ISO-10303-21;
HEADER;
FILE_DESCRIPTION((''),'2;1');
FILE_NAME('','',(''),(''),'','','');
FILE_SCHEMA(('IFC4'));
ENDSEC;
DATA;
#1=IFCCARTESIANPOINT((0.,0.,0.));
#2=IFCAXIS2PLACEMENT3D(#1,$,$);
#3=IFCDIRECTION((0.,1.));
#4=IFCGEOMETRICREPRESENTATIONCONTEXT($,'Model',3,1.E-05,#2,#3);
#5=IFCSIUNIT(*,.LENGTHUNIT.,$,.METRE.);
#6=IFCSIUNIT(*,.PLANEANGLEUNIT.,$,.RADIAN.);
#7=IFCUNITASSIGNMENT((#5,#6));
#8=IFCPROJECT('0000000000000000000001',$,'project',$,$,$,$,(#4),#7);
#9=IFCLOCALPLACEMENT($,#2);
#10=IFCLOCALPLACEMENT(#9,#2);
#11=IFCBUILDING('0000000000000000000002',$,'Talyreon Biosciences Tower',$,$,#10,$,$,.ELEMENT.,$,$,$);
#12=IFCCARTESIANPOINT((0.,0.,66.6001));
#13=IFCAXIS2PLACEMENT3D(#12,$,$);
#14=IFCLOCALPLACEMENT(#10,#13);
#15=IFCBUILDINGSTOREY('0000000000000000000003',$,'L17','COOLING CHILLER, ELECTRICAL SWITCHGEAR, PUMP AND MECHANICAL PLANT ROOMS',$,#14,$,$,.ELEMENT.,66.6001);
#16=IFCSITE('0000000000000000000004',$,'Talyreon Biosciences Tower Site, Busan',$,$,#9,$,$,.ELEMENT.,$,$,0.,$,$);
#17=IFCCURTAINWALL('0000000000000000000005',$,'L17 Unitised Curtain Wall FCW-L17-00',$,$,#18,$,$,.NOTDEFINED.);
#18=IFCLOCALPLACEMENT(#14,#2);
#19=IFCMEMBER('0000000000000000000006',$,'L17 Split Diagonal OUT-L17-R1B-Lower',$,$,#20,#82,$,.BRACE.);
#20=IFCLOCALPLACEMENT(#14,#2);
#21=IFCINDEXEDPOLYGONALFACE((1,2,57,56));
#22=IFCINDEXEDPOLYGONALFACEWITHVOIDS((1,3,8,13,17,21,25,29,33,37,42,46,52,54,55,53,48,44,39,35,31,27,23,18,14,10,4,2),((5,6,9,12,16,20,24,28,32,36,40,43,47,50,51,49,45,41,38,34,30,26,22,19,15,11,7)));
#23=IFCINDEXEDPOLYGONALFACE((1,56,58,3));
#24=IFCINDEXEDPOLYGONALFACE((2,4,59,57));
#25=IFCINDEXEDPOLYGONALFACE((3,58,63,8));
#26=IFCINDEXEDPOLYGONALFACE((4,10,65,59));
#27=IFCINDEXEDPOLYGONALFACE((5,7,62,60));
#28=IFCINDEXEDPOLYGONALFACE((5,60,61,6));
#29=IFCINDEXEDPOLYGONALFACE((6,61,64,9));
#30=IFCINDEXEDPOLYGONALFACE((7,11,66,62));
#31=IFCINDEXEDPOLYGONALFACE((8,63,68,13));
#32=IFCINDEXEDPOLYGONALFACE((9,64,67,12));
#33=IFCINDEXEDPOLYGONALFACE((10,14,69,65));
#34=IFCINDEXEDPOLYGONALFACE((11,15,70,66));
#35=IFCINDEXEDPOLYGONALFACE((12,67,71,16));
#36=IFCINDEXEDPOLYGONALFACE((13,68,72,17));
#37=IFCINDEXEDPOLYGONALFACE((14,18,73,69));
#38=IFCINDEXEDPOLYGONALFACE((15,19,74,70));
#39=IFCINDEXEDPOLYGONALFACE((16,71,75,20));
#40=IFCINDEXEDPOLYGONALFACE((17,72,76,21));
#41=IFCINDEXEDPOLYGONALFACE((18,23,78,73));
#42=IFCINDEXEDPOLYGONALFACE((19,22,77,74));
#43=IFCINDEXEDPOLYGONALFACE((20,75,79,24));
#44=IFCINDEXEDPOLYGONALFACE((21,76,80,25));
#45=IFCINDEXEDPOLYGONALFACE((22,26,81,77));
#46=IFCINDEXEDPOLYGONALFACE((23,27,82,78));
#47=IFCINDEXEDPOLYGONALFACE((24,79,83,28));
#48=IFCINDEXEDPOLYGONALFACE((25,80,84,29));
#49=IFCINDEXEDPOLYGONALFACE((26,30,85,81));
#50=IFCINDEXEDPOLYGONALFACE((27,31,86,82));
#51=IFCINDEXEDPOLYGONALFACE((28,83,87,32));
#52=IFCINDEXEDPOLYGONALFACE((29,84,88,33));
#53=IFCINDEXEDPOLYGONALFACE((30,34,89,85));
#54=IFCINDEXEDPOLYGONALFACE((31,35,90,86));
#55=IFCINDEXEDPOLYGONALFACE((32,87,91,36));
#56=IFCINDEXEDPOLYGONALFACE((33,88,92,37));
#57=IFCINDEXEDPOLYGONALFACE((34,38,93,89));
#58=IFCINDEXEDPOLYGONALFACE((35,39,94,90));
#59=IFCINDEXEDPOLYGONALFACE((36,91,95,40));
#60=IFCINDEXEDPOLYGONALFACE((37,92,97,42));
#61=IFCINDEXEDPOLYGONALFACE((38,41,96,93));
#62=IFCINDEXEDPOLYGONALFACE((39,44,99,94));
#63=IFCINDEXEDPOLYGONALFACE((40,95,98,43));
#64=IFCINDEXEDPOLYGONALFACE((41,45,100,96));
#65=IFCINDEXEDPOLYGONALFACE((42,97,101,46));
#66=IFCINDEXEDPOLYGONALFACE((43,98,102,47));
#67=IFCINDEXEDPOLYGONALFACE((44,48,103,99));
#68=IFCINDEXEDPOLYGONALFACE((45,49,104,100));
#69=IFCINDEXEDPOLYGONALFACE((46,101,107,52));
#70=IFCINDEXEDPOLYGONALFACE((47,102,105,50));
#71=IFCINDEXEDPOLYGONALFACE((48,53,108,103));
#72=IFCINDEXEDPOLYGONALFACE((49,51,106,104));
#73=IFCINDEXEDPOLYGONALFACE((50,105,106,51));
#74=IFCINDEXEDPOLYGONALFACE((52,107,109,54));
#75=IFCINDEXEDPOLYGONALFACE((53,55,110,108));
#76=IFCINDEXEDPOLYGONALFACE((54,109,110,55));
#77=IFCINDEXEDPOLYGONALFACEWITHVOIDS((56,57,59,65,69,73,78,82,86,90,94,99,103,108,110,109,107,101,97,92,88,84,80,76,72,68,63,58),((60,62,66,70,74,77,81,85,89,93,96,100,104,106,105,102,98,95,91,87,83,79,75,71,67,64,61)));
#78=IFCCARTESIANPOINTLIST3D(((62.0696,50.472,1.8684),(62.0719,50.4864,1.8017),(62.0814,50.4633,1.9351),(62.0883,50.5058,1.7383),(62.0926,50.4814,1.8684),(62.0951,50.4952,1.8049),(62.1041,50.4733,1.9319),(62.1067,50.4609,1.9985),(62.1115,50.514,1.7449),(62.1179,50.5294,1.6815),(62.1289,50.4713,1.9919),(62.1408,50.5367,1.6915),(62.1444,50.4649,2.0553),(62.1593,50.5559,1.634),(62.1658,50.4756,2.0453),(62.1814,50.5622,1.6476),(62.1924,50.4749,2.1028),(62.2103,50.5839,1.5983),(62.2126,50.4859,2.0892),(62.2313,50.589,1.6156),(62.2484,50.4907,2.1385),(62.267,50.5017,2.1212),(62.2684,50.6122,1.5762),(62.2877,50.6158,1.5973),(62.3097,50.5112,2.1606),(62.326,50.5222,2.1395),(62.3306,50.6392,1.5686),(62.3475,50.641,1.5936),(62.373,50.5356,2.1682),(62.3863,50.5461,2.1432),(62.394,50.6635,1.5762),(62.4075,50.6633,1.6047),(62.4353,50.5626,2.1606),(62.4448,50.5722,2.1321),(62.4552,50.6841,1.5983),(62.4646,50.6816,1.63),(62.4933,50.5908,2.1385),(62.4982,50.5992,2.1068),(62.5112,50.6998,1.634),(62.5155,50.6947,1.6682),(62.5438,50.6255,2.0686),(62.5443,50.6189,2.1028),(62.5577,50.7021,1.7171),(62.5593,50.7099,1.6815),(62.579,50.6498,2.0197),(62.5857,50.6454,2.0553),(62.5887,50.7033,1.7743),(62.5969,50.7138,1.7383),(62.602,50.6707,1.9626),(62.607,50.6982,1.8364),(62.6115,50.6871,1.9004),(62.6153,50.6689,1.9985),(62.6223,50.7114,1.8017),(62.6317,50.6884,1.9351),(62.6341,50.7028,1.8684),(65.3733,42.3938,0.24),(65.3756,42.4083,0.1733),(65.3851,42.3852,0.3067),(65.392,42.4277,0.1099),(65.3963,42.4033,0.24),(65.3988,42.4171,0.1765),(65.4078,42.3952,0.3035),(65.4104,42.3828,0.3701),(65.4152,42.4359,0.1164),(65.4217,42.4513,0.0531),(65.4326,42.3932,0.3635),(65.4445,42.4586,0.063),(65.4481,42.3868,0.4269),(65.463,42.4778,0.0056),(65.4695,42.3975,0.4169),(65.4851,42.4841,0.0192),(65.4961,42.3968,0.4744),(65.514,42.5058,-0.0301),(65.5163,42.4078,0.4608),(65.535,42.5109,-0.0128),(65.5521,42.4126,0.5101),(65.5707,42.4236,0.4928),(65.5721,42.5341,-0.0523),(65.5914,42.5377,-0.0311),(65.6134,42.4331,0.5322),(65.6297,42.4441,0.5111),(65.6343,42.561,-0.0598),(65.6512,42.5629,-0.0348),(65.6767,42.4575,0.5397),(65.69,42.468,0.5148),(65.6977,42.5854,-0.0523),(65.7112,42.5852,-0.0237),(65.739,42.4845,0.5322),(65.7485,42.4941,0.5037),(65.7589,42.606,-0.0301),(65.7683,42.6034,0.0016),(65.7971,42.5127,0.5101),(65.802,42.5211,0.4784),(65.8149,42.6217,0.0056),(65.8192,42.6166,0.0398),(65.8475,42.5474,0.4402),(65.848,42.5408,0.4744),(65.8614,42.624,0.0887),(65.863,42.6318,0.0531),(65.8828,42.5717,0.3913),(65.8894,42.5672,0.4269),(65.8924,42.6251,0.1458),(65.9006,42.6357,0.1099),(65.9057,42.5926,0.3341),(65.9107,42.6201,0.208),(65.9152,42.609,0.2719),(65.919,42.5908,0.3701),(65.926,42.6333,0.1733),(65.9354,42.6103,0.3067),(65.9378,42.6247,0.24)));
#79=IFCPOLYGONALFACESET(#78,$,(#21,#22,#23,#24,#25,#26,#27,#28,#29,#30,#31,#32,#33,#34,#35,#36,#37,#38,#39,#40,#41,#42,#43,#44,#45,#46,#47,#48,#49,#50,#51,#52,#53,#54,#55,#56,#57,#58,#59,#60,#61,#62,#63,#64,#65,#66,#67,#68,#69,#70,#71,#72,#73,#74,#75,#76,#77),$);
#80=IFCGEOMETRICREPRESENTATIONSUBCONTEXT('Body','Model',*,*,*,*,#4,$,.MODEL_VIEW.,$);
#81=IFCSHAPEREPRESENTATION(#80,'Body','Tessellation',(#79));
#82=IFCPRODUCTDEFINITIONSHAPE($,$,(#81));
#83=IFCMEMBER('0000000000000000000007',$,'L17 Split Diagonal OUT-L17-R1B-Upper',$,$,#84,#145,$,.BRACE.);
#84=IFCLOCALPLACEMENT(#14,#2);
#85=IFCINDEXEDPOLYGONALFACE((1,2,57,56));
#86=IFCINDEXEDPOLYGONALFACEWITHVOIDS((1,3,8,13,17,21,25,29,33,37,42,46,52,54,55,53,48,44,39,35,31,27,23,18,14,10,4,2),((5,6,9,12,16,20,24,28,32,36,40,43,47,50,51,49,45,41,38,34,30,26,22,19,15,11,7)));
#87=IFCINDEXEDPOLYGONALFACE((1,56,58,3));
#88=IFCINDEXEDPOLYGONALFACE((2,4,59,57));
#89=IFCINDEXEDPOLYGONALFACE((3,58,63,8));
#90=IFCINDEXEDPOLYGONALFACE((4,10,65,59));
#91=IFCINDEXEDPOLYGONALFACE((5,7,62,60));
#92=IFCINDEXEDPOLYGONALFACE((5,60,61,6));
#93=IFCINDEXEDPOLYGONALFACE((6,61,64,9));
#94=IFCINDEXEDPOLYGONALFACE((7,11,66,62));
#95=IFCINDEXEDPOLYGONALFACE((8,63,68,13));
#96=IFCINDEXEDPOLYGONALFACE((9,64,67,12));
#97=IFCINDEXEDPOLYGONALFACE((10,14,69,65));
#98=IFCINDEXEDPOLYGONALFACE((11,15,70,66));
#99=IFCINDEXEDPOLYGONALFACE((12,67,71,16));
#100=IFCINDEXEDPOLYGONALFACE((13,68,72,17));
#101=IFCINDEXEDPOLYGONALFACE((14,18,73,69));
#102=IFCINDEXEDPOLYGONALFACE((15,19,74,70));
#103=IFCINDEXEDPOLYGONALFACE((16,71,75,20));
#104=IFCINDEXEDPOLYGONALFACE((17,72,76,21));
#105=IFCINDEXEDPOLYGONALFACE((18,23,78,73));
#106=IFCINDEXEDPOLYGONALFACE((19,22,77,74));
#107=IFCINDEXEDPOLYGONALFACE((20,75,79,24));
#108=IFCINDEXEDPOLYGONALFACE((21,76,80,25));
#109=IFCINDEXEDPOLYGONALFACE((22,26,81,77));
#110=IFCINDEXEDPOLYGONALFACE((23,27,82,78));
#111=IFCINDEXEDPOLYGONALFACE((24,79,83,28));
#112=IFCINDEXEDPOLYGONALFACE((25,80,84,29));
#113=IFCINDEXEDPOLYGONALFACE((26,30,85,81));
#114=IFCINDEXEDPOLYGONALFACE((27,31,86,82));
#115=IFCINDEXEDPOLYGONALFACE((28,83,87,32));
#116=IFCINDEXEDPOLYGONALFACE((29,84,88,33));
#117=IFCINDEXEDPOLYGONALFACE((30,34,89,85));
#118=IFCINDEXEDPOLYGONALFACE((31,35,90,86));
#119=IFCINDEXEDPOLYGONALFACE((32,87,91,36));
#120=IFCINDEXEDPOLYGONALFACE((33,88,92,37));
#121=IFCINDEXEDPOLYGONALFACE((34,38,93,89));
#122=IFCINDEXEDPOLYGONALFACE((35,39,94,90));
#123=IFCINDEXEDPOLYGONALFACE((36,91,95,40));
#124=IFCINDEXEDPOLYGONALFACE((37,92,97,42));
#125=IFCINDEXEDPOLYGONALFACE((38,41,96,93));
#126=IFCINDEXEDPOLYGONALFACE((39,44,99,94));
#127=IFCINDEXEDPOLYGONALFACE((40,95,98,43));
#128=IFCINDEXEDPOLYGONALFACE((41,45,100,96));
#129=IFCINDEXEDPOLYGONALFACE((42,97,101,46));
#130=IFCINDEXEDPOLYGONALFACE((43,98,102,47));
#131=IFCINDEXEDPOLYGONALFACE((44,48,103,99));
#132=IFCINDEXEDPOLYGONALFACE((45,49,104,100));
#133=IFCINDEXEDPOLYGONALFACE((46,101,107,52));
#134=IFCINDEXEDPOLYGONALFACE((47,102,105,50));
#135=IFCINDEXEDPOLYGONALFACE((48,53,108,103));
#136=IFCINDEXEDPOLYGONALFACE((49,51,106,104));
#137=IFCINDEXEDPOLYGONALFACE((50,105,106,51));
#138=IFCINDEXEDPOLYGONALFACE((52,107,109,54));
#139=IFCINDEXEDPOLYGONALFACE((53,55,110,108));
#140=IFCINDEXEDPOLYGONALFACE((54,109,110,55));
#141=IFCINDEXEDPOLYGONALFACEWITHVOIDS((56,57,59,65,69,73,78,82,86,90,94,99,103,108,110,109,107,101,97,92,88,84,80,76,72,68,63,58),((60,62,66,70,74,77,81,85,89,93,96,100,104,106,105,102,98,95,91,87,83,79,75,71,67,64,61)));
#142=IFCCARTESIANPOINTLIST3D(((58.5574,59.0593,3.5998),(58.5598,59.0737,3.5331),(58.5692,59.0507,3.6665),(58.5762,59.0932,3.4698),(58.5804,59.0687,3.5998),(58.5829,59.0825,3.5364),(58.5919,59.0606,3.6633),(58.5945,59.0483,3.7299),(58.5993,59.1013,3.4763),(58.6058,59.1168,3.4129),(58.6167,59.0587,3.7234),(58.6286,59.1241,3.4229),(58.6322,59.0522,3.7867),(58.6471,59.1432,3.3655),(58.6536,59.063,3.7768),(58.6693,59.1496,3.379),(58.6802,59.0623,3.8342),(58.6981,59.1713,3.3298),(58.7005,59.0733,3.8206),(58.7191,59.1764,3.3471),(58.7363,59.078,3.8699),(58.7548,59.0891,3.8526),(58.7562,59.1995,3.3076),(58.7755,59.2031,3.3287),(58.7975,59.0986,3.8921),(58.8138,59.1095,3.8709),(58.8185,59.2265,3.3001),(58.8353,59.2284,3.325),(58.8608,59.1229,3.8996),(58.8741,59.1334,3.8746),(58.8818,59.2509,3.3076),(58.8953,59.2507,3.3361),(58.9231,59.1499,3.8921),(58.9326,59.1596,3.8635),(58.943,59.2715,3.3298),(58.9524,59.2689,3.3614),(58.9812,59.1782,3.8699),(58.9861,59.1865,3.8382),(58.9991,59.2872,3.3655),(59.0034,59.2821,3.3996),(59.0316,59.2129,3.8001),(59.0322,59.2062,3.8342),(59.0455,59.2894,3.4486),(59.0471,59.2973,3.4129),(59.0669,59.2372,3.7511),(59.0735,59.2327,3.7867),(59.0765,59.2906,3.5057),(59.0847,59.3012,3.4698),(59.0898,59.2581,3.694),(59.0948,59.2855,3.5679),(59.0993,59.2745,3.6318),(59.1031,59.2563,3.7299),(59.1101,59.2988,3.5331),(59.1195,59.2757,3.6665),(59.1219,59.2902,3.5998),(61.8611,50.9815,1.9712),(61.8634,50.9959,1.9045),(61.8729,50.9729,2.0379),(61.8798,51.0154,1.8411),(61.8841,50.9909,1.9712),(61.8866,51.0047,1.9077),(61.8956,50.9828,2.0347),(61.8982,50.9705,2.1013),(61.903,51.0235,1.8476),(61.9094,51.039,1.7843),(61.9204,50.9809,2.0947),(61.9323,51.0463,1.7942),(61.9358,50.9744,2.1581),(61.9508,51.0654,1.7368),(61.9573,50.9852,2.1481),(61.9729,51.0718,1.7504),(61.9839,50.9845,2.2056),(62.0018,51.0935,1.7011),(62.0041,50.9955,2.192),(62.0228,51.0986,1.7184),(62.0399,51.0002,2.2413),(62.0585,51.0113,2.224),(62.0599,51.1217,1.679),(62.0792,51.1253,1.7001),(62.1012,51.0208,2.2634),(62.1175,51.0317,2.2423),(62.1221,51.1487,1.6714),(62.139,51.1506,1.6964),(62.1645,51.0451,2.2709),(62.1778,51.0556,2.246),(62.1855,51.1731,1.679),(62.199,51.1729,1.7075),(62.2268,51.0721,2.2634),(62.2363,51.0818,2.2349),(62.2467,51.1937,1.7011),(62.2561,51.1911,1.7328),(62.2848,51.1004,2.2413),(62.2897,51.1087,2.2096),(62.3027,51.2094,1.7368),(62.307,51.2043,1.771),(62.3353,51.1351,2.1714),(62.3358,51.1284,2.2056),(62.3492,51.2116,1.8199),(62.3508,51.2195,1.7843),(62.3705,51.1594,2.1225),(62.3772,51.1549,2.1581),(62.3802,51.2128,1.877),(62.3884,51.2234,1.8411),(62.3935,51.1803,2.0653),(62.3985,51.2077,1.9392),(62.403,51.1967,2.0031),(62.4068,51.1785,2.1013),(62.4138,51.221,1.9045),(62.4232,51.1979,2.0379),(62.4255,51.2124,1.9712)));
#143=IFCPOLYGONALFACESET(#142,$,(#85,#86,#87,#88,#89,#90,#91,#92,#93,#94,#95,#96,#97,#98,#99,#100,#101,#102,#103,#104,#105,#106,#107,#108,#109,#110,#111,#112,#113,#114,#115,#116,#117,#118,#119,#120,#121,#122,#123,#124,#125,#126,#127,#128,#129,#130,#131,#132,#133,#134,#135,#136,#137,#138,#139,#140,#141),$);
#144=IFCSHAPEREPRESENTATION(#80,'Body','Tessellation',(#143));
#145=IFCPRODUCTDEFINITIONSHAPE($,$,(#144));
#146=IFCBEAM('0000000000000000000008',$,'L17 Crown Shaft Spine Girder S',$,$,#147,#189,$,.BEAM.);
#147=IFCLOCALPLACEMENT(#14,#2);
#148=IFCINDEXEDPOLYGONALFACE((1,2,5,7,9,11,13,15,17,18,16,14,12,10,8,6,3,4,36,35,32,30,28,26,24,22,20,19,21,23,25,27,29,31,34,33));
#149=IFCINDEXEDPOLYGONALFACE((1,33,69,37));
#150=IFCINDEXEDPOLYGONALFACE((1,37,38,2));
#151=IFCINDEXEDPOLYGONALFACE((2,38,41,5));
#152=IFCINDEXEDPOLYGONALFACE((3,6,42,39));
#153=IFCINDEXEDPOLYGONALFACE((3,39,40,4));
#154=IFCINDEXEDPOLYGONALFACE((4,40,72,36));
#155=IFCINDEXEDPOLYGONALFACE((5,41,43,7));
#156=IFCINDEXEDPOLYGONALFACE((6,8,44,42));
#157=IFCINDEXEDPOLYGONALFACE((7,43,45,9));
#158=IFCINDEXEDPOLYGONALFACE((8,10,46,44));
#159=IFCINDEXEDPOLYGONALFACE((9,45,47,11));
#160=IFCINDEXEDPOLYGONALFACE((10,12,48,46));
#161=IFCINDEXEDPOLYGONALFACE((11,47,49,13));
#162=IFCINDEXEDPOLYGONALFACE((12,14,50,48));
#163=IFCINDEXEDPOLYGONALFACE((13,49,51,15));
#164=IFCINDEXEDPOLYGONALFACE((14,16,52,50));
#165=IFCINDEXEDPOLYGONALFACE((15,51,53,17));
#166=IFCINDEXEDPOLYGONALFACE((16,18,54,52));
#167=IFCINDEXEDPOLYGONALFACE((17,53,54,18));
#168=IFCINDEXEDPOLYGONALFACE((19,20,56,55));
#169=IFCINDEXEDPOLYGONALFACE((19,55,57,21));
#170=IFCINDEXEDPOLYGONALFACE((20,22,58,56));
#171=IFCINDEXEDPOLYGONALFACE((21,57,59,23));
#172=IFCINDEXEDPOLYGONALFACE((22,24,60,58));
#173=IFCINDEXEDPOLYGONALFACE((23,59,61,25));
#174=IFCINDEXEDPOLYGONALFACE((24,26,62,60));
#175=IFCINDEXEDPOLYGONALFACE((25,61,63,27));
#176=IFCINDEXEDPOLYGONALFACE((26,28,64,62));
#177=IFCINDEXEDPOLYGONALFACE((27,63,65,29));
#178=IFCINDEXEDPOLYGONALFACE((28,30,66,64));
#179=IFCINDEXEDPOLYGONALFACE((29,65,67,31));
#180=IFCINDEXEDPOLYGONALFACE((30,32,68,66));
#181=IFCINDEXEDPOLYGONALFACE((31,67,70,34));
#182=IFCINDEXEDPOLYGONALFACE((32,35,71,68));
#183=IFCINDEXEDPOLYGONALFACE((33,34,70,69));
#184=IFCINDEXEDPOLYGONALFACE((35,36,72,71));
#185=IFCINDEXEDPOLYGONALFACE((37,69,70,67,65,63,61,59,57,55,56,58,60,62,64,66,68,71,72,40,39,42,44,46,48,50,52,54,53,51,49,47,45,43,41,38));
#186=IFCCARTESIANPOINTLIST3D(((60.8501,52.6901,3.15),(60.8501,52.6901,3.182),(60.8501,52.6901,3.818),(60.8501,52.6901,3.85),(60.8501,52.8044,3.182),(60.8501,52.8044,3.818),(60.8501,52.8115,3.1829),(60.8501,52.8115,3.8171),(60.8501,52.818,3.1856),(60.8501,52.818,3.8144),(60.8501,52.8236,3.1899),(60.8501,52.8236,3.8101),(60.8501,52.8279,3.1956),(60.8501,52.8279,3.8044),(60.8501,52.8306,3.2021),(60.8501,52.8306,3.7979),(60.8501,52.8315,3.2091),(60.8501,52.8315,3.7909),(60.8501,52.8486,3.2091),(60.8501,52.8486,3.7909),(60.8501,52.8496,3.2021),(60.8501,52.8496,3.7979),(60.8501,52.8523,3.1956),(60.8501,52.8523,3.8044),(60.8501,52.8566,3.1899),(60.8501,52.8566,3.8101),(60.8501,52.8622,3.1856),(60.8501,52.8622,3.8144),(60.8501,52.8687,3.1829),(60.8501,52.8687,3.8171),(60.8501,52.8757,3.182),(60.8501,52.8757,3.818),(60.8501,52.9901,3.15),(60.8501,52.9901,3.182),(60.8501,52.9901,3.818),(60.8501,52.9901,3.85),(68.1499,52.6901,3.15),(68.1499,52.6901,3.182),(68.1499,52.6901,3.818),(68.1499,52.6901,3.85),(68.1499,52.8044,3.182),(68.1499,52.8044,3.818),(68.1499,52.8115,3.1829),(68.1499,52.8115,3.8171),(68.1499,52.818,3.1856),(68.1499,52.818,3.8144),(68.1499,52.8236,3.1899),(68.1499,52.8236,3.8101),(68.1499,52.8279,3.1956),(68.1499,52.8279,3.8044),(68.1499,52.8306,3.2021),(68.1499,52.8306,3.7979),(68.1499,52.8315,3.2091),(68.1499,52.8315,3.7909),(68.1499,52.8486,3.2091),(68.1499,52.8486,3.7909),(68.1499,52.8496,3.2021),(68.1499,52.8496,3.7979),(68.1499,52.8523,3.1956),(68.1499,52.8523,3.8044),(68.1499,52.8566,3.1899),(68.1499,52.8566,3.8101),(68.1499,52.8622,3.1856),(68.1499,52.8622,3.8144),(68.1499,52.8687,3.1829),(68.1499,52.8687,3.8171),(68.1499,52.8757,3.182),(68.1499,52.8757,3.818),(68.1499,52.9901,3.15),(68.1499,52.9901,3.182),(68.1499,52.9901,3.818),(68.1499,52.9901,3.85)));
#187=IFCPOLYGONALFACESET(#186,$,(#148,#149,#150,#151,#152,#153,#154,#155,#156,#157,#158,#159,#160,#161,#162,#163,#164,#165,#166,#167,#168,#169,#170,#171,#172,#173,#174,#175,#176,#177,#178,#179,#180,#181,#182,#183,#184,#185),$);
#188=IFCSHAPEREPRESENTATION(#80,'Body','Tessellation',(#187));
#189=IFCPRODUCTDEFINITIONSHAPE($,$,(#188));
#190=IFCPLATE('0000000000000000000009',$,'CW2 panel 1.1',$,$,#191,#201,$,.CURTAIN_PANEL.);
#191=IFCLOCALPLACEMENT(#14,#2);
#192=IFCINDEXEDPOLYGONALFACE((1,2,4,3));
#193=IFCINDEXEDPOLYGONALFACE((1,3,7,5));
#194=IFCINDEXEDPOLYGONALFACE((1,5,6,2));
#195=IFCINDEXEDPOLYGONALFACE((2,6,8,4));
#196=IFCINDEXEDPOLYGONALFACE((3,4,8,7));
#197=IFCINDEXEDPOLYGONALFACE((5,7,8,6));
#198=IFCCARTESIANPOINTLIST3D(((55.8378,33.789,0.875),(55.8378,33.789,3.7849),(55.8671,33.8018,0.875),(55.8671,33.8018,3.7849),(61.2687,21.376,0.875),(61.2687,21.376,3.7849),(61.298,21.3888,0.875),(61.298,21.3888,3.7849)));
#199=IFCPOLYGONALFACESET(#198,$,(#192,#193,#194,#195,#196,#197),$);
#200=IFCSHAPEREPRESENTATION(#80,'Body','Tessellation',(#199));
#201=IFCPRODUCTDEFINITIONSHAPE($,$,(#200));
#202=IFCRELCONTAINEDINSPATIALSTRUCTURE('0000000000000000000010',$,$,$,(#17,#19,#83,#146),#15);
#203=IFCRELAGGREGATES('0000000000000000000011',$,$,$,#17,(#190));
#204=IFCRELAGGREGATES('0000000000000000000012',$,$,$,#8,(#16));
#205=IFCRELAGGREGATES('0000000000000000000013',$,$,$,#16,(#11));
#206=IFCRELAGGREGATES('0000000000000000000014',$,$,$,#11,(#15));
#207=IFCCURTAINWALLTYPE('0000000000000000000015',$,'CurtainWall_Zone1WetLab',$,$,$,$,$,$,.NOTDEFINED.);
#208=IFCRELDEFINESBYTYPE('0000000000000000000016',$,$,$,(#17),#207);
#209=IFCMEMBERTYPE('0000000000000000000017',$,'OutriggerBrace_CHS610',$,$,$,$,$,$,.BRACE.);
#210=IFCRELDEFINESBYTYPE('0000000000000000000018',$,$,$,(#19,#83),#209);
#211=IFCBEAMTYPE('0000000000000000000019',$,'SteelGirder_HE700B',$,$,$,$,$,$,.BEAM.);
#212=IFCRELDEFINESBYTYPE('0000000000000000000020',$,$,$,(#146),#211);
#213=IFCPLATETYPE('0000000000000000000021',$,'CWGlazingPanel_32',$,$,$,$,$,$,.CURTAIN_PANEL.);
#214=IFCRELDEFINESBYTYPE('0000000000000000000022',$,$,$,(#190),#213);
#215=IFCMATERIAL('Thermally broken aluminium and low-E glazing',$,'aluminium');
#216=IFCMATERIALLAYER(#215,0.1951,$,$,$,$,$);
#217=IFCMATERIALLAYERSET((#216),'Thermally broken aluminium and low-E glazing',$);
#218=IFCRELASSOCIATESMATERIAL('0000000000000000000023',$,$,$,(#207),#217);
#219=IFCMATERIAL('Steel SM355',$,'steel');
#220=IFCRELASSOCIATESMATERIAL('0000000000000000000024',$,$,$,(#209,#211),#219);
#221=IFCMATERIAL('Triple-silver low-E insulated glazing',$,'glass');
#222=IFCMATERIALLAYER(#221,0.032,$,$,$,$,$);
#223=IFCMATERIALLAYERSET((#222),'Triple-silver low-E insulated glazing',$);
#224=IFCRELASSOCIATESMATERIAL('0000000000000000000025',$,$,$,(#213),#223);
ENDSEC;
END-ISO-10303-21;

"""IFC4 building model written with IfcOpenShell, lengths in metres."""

from ifc_helpers import new_model, si_unit, direction, frame, origin, origin_2d, place, context, subcontext, project, spatial, rectangle, hollow_circle, i_section, extrude, material, layer, layer_set, material_profile, profile_set, type_object, element, aggregate, save


model = new_model("IFC4")

# Units and contexts
model_context = context("Model", 3, precision=1e-05, world=origin(), true_north=direction((0.0, 1.0)))
body_context = subcontext(model_context, "Body", "Model", "MODEL_VIEW")
ifc_project = project(units=[si_unit("LENGTHUNIT", "METRE"), si_unit("PLANEANGLEUNIT", "RADIAN")], contexts=[model_context])

# Site, building, storey
site_placement = place(None, origin())
site = spatial("IfcSite", under=ifc_project, at=site_placement, Name="Talyreon Biosciences Tower Site, Busan", CompositionType="ELEMENT", RefElevation=0.0)
building_placement = place(site_placement, origin())
building = spatial("IfcBuilding", under=site, at=building_placement, Name="Talyreon Biosciences Tower", CompositionType="ELEMENT")
storey_placement = place(building_placement, frame((0.0, 0.0, 66.6001)))
storey = spatial("IfcBuildingStorey", under=building, at=storey_placement, Name="L17", Description="COOLING CHILLER, ELECTRICAL SWITCHGEAR, PUMP AND MECHANICAL PLANT ROOMS", CompositionType="ELEMENT", Elevation=66.6001)

# Shared definitions
ifc_material_1 = material(Name="Steel SM355", Category="steel")

# Curtain wall
ifc_material_2 = material(Name="Thermally broken aluminium and low-E glazing", Category="aluminium")
ifc_layer_1 = layer(ifc_material_2, 0.1951)
ifc_layer_set_1 = layer_set([ifc_layer_1], Name="Thermally broken aluminium and low-E glazing")
curtain_wall_type = type_object("IfcCurtainWallType", Name="CurtainWall_Zone1WetLab", PredefinedType="NOTDEFINED", material=ifc_layer_set_1)
curtain_wall_placement = place(storey_placement, origin())
curtain_wall = element("IfcCurtainWall", 1, at=curtain_wall_placement, inside=storey, type_object=curtain_wall_type, Name="L17 Unitised Curtain Wall FCW-L17-00", PredefinedType="NOTDEFINED")

# Members
ifc_material_profile_1 = material_profile(ifc_material_1, hollow_circle(Radius=0.3049, WallThickness=0.0249, at=origin_2d()), Name="CHS 610x25")
ifc_profile_set_1 = profile_set([ifc_material_profile_1], Name="Steel SM355")
member_type_1 = type_object("IfcMemberType", Name="OutriggerBrace_CHS610", PredefinedType="BRACE", material=ifc_profile_set_1)
member_1_placement = place(storey_placement, frame((65.6555, 42.5093, 0.24), z_axis=(-0.372115, 0.909884, 0.183418), x_axis=(-0.925586, -0.378537, 0.0)))
element("IfcMember", 2, at=member_1_placement, inside=storey, type_object=member_type_1, Name="L17 Split Diagonal OUT-L17-R1B-Lower", PredefinedType="BRACE", context=body_context, shape_type="SweptSolid", body=[
    extrude(hollow_circle(Radius=0.3049, WallThickness=0.0249, at=origin_2d()), origin(), (0.0, 0.0, 1.0), 8.8782),
])
member_2_placement = place(storey_placement, frame((62.1433, 51.0969, 1.9712), z_axis=(-0.372123, 0.909874, 0.183449), x_axis=(-0.925582, -0.378547, 0.0)))
element("IfcMember", 3, at=member_2_placement, inside=storey, type_object=member_type_1, Name="L17 Split Diagonal OUT-L17-R1B-Upper", PredefinedType="BRACE", context=body_context, shape_type="SweptSolid", body=[
    extrude(hollow_circle(Radius=0.3049, WallThickness=0.0249, at=origin_2d()), origin(), (0.0, 0.0, 1.0), 8.8779),
])

# Beam
ifc_material_profile_2 = material_profile(ifc_material_1, i_section(OverallWidth=0.3, OverallDepth=0.7, WebThickness=0.0171, FlangeThickness=0.032, FilletRadius=0.0271, at=origin_2d()), Name="HE700B")
ifc_profile_set_2 = profile_set([ifc_material_profile_2], Name="Steel SM355")
beam_type = type_object("IfcBeamType", Name="SteelGirder_HE700B", PredefinedType="BEAM", material=ifc_profile_set_2)
beam_placement = place(storey_placement, frame((60.8501, 52.8401, 3.5), z_axis=(1.0, 0.0, 0.0), x_axis=(0.0, 1.0, 0.0)))
element("IfcBeam", 4, at=beam_placement, inside=storey, type_object=beam_type, Name="L17 Crown Shaft Spine Girder S", PredefinedType="BEAM", context=body_context, shape_type="SweptSolid", body=[
    extrude(i_section(OverallWidth=0.3, OverallDepth=0.7, WebThickness=0.0171, FlangeThickness=0.032, FilletRadius=0.0271, at=origin_2d()), origin(), (0.0, 0.0, 1.0), 7.2998),
])

# Plate
ifc_material_3 = material(Name="Triple-silver low-E insulated glazing", Category="glass")
ifc_layer_2 = layer(ifc_material_3, 0.032)
ifc_layer_set_2 = layer_set([ifc_layer_2], Name="Triple-silver low-E insulated glazing")
plate_type_1 = type_object("IfcPlateType", Name="CWGlazingPanel_32", PredefinedType="CURTAIN_PANEL", material=ifc_layer_set_2)
plate_1_placement = place(storey_placement, frame((58.5679, 27.5889, 0.875), z_axis=(0.0, 0.0, 1.0), x_axis=(-0.400831, 0.916152, 0.0)))
plate_1 = element("IfcPlate", 5, at=plate_1_placement, type_object=plate_type_1, Name="CW2 panel 1.1", PredefinedType="CURTAIN_PANEL", context=body_context, shape_type="SweptSolid", body=[
    extrude(rectangle(XDim=13.5491, YDim=0.032, at=origin_2d()), origin(), (0.0, 0.0, 1.0), 2.9099),
])
aggregate(curtain_wall, [plate_1])

save(model, "model.ifc")
